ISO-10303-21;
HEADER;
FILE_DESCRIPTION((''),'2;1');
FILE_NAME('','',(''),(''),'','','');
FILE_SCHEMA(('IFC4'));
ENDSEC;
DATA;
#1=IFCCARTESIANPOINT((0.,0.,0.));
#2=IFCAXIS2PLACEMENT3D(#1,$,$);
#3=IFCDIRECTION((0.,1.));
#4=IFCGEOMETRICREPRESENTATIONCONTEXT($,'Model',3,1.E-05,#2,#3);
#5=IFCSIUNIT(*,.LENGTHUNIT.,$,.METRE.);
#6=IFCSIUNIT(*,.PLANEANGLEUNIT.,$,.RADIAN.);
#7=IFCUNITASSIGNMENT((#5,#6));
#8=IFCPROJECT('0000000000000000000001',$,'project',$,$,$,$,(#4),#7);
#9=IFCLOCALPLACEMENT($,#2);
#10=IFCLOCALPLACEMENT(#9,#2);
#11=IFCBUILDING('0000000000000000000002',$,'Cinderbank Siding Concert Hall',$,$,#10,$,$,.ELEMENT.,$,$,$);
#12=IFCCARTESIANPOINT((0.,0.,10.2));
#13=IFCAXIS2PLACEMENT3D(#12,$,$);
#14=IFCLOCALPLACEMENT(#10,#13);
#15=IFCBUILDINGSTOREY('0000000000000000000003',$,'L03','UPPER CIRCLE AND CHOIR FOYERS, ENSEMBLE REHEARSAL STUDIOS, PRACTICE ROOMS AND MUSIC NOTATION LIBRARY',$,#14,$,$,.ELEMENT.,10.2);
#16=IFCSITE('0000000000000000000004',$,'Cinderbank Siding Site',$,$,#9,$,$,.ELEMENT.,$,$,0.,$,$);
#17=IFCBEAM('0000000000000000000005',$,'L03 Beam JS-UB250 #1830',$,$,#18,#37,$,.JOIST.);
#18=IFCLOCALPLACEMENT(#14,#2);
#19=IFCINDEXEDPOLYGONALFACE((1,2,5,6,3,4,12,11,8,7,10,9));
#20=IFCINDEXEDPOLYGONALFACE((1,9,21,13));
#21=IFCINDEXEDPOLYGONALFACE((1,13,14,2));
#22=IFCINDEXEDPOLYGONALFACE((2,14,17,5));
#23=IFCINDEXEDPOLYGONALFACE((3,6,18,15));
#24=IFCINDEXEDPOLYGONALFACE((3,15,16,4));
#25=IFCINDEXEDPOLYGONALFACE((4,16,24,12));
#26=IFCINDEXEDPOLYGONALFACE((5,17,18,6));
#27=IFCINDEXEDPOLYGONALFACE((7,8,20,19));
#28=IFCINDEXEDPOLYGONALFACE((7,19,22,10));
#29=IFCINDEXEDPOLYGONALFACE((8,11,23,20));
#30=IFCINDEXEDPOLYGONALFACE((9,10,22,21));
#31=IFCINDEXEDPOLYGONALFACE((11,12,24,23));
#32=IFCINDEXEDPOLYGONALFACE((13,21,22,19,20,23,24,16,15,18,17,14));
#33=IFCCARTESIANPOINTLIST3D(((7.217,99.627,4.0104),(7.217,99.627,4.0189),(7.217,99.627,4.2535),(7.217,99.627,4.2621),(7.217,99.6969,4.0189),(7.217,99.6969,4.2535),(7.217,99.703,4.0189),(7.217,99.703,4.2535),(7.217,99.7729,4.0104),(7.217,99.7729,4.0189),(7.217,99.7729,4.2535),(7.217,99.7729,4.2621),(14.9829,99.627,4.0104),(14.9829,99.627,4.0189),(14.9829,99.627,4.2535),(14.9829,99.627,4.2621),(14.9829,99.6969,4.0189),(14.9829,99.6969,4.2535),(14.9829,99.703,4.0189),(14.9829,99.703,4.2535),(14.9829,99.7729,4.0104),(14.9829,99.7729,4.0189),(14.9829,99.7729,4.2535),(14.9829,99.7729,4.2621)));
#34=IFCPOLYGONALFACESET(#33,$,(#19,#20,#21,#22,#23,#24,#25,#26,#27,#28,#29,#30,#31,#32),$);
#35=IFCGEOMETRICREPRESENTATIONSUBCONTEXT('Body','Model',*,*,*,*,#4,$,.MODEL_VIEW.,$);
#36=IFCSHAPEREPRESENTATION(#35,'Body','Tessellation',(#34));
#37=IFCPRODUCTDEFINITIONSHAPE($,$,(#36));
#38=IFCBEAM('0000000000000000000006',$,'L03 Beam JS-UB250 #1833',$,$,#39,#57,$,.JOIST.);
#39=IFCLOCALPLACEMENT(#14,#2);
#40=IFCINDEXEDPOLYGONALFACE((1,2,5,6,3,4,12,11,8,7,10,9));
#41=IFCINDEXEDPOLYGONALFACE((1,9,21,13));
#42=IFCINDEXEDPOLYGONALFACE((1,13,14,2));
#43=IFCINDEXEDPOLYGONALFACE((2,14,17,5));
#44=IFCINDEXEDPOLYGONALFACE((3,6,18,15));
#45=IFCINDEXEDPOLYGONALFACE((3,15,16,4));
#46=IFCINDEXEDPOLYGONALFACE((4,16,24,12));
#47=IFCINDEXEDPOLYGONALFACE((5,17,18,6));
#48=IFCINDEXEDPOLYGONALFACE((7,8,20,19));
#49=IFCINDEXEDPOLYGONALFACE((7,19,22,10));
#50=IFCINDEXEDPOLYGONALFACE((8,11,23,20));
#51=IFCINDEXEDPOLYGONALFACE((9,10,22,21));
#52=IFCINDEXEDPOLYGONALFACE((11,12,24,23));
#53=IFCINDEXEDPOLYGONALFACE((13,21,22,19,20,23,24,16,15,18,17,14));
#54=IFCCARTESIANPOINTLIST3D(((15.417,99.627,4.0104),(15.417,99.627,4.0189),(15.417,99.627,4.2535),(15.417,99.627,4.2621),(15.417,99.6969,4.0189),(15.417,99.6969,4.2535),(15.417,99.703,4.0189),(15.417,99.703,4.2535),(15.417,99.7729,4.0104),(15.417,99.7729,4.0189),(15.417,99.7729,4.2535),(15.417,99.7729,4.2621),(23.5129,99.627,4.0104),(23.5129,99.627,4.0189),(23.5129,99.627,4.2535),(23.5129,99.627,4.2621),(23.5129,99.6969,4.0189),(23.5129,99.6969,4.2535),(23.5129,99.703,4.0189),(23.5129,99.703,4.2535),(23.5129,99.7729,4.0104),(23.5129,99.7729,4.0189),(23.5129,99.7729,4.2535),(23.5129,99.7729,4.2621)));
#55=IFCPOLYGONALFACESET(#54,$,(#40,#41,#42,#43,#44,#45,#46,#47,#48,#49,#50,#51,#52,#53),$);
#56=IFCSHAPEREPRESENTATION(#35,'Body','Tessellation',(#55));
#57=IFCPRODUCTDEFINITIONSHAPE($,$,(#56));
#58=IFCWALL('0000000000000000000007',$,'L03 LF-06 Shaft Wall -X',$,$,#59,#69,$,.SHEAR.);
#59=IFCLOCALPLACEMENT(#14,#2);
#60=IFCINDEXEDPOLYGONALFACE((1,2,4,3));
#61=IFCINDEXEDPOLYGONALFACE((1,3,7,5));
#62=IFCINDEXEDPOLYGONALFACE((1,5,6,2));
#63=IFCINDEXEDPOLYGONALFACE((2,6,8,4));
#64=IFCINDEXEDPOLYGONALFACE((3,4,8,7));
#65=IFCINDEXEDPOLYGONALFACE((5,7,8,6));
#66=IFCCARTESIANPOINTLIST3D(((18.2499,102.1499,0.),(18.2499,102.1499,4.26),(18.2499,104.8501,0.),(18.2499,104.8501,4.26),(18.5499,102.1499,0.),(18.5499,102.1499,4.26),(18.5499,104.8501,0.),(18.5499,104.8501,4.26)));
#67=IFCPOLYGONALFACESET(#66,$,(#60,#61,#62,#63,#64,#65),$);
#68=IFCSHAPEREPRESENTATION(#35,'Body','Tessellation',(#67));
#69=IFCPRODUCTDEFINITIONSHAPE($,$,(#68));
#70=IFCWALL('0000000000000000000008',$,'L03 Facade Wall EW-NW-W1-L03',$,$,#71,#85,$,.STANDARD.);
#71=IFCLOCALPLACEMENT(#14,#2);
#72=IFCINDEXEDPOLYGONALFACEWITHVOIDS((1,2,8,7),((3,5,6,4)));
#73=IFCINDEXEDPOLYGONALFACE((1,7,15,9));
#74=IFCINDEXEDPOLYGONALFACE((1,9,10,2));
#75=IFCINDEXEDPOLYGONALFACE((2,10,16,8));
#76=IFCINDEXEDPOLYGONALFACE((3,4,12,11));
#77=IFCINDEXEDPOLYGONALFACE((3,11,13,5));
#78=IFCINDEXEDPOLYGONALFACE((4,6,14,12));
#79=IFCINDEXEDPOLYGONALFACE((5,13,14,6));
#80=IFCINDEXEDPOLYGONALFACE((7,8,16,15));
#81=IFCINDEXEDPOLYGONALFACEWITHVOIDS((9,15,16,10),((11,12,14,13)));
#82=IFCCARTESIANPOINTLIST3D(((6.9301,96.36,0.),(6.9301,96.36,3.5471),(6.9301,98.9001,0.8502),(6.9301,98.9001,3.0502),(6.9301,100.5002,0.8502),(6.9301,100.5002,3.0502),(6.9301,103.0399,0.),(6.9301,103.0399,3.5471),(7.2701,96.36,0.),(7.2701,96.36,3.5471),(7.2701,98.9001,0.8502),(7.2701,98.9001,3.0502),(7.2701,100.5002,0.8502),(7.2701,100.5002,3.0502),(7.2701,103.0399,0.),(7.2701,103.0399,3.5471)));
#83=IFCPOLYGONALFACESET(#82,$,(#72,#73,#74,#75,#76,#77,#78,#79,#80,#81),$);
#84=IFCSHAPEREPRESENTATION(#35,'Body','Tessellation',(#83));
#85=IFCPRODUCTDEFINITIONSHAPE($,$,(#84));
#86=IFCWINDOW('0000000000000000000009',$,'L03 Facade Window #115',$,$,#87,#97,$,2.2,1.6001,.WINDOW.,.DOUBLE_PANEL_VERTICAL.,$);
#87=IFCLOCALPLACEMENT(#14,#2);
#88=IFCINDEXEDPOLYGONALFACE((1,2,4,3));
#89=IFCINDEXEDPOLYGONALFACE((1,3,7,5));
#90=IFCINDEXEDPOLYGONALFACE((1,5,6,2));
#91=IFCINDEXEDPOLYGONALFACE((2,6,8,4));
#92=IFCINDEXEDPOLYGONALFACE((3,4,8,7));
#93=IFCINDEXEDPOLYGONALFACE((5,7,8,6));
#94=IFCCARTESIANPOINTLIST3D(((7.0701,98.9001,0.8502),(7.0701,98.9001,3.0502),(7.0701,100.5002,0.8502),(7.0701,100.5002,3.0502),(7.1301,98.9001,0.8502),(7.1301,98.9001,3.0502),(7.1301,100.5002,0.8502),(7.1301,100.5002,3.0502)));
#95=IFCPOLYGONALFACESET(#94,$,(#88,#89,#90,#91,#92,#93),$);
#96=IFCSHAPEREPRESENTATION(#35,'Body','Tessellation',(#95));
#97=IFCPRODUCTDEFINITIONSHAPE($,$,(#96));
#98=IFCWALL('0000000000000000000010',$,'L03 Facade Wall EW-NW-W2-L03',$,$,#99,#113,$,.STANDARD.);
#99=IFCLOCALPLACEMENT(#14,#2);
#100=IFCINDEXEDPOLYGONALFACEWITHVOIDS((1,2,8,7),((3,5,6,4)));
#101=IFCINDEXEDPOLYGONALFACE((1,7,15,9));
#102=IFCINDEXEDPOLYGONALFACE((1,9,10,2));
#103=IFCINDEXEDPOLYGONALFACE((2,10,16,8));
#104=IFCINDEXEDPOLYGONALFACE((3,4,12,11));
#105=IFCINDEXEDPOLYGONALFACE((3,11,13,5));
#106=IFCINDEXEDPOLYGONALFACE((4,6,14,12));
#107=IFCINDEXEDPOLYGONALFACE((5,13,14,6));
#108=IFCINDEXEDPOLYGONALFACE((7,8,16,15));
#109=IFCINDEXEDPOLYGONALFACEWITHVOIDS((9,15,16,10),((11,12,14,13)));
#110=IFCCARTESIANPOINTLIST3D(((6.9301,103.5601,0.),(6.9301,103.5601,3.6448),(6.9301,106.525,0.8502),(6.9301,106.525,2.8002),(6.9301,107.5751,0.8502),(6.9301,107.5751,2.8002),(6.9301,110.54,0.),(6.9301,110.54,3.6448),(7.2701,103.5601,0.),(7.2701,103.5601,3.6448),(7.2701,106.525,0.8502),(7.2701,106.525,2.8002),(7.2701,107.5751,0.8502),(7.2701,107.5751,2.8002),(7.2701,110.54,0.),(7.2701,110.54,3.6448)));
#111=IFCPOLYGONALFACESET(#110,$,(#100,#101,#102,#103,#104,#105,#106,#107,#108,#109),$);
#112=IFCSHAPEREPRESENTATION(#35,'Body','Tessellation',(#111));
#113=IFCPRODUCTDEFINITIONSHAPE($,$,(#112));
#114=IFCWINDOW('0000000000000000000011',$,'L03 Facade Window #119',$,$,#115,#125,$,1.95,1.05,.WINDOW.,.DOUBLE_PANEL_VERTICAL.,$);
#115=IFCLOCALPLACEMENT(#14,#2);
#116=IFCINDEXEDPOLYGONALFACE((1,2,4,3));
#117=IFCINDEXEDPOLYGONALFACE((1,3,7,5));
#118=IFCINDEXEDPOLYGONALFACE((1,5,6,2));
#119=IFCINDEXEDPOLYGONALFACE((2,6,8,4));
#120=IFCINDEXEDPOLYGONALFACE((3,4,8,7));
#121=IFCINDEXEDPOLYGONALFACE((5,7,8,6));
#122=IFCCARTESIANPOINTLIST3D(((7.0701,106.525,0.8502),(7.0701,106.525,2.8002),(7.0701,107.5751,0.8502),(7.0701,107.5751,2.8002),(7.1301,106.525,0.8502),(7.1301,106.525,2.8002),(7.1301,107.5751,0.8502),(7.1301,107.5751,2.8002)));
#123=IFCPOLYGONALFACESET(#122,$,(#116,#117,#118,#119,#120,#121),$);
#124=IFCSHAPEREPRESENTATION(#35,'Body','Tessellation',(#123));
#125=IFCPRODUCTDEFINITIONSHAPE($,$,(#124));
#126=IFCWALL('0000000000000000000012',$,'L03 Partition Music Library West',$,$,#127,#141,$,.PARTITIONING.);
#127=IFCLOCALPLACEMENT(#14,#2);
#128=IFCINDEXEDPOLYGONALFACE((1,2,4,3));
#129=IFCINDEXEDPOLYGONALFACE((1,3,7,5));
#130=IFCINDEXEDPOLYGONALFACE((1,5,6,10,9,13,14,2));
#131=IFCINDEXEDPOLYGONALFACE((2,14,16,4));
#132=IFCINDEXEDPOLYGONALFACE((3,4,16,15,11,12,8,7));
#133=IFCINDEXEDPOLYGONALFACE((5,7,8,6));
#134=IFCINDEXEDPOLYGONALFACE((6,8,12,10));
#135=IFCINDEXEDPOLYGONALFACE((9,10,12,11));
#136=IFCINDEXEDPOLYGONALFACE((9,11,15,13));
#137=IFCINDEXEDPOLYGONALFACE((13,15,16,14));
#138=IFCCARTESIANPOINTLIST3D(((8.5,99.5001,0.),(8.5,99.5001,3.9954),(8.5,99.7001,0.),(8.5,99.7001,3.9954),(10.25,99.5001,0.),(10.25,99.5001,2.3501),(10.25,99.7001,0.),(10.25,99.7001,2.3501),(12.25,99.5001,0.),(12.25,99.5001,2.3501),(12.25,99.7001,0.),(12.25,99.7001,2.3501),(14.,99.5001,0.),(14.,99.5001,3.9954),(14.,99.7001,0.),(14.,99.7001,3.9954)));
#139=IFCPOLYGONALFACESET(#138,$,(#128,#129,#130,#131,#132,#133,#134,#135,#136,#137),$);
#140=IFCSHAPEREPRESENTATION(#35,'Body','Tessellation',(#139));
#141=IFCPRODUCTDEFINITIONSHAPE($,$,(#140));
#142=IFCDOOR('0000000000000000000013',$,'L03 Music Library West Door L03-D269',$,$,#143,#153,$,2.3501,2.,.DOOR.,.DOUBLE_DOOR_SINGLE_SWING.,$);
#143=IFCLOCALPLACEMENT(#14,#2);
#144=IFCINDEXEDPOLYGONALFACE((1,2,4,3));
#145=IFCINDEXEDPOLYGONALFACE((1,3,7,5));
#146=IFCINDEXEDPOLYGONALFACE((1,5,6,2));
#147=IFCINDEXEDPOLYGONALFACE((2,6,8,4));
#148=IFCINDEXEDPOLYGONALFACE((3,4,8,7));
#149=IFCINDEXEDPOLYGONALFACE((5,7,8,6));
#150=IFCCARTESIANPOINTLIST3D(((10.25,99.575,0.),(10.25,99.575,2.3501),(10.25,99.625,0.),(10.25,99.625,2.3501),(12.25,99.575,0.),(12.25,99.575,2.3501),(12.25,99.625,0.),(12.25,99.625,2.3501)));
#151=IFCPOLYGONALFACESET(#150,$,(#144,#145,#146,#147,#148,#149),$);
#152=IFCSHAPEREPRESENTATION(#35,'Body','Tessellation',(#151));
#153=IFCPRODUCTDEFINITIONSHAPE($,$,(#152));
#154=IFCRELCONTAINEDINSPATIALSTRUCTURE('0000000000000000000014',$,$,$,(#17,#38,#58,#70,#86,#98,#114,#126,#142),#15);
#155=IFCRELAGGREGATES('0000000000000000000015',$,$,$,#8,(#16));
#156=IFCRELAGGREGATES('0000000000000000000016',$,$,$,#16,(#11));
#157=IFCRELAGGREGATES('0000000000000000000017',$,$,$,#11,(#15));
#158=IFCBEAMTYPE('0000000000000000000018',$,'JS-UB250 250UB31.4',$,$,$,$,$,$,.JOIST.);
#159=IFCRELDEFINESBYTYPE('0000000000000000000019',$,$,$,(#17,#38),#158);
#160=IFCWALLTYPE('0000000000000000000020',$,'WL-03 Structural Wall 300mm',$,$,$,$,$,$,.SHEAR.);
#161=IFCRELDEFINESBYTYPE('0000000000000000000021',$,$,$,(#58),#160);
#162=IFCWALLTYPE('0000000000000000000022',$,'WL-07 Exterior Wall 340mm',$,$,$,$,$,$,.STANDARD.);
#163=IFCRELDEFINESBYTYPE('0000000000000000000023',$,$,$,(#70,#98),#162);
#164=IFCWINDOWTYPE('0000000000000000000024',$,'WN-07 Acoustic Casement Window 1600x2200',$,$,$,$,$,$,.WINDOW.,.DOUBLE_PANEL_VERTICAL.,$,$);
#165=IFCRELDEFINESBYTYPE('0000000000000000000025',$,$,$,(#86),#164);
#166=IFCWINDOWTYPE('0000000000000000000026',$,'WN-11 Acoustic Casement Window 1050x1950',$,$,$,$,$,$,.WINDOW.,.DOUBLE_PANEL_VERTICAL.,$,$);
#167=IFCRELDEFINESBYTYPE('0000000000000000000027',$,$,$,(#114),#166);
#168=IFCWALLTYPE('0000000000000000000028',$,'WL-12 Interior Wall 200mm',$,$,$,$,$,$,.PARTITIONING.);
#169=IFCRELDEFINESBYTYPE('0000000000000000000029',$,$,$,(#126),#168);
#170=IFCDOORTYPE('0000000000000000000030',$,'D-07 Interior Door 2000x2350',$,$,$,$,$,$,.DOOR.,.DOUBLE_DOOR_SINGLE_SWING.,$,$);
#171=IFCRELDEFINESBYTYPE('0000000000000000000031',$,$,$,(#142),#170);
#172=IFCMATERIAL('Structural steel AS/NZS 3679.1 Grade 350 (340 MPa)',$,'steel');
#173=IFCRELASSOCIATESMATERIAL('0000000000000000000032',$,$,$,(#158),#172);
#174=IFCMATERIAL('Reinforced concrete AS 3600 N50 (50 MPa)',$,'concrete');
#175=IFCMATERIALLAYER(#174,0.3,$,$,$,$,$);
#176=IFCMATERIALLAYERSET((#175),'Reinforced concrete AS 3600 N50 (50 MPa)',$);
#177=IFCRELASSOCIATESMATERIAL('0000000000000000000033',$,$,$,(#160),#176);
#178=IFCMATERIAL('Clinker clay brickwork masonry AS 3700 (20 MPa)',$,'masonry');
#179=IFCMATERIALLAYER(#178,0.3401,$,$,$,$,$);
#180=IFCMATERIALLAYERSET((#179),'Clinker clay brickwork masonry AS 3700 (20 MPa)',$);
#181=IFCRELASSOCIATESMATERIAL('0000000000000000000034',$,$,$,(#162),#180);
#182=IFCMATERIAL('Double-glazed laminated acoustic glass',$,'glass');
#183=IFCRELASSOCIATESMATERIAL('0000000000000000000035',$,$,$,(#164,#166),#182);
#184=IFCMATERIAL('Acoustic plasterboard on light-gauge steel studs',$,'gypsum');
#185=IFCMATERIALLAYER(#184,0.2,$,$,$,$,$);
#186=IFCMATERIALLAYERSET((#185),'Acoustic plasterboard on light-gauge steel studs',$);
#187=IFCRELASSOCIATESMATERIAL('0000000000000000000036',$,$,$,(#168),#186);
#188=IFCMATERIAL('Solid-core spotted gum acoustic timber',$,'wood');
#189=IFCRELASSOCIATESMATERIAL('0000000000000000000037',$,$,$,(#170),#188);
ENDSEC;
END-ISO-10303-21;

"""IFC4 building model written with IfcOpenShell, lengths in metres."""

from ifc_helpers import new_model, si_unit, direction, frame, frame_2d, origin, origin_2d, place, context, subcontext, project, spatial, rectangle, i_section, extrude, material, layer, layer_set, material_profile, profile_set, type_object, element, fill, save


model = new_model("IFC4")

# Units and contexts
model_context = context("Model", 3, precision=1e-05, world=origin(), true_north=direction((0.0, 1.0)))
body_context = subcontext(model_context, "Body", "Model", "MODEL_VIEW")
ifc_project = project(units=[si_unit("LENGTHUNIT", "METRE"), si_unit("PLANEANGLEUNIT", "RADIAN")], contexts=[model_context])

# Site, building, storey
site_placement = place(None, origin())
site = spatial("IfcSite", under=ifc_project, at=site_placement, Name="Cinderbank Siding Site", CompositionType="ELEMENT", RefElevation=0.0)
building_placement = place(site_placement, origin())
building = spatial("IfcBuilding", under=site, at=building_placement, Name="Cinderbank Siding Concert Hall", CompositionType="ELEMENT")
storey_placement = place(building_placement, frame((0.0, 0.0, 10.2)))
storey = spatial("IfcBuildingStorey", under=building, at=storey_placement, Name="L03", Description="UPPER CIRCLE AND CHOIR FOYERS, ENSEMBLE REHEARSAL STUDIOS, PRACTICE ROOMS AND MUSIC NOTATION LIBRARY", CompositionType="ELEMENT", Elevation=10.2)

# Shared definitions
ifc_material_1 = material(Name="Reinforced concrete AS 3600 N50 (50 MPa)", Category="concrete")

# Beams
ifc_material_2 = material(Name="Structural steel AS/NZS 3679.1 Grade 350 (340 MPa)", Category="steel")
ifc_material_profile_1 = material_profile(ifc_material_2, i_section(OverallWidth=0.146, OverallDepth=0.2517, WebThickness=0.0061, FlangeThickness=0.0085, at=origin_2d()), Name="250UB31.4", Category="LoadBearing")
ifc_profile_set_1 = profile_set([ifc_material_profile_1], Name="Structural steel AS/NZS 3679.1 Grade 350 (340 MPa)")
beam_type_1 = type_object("IfcBeamType", Name="JS-UB250 250UB31.4", PredefinedType="JOIST", material=ifc_profile_set_1)
beam_1_placement = place(storey_placement, frame((7.217, 99.7, 4.1362), z_axis=(1.0, 0.0, 0.0), x_axis=(0.0, 1.0, 0.0)))
element("IfcBeam", 1, at=beam_1_placement, inside=storey, type_object=beam_type_1, Name="L03 Beam JS-UB250 #1830", PredefinedType="JOIST", context=body_context, shape_type="SweptSolid", body=[
    extrude(i_section(OverallWidth=0.146, OverallDepth=0.2517, WebThickness=0.0061, FlangeThickness=0.0085, at=origin_2d()), origin(), (0.0, 0.0, 1.0), 7.7659),
])
beam_2_placement = place(storey_placement, frame((15.417, 99.7, 4.1362), z_axis=(1.0, 0.0, 0.0), x_axis=(0.0, 1.0, 0.0)))
element("IfcBeam", 2, at=beam_2_placement, inside=storey, type_object=beam_type_1, Name="L03 Beam JS-UB250 #1833", PredefinedType="JOIST", context=body_context, shape_type="SweptSolid", body=[
    extrude(i_section(OverallWidth=0.146, OverallDepth=0.2517, WebThickness=0.0061, FlangeThickness=0.0085, at=origin_2d()), origin(), (0.0, 0.0, 1.0), 8.0959),
])

# Shared definitions
ifc_layer_1 = layer(ifc_material_1, 0.3)
ifc_layer_set_1 = layer_set([ifc_layer_1], Name="Reinforced concrete AS 3600 N50 (50 MPa)")
wall_type_1 = type_object("IfcWallType", Name="WL-03 Structural Wall 300mm", PredefinedType="SHEAR", material=ifc_layer_set_1)

# Wall
wall_1_placement = place(storey_placement, frame((18.3999, 102.1499, 0.0), z_axis=(0.0, 0.0, 1.0), x_axis=(0.0, 1.0, 0.0)))
element("IfcWall", 3, at=wall_1_placement, inside=storey, type_object=wall_type_1, Name="L03 LF-06 Shaft Wall -X", PredefinedType="SHEAR", context=body_context, shape_type="SweptSolid", body=[
    extrude(rectangle(XDim=2.7002, YDim=0.3, at=frame_2d((1.3501, 0.0))), origin(), (0.0, 0.0, 1.0), 4.26),
])

# Walls, openings, windows
ifc_material_3 = material(Name="Clinker clay brickwork masonry AS 3700 (20 MPa)", Category="masonry")
ifc_layer_2 = layer(ifc_material_3, 0.3401)
ifc_layer_set_2 = layer_set([ifc_layer_2], Name="Clinker clay brickwork masonry AS 3700 (20 MPa)")
wall_type_2 = type_object("IfcWallType", Name="WL-07 Exterior Wall 340mm", PredefinedType="STANDARD", material=ifc_layer_set_2)
wall_2_placement = place(storey_placement, frame((7.1001, 96.3601, 0.0), z_axis=(0.0, 0.0, 1.0), x_axis=(0.0, 1.0, 0.0)))
wall_2 = element("IfcWall", 4, at=wall_2_placement, inside=storey, type_object=wall_type_2, Name="L03 Facade Wall EW-NW-W1-L03", PredefinedType="STANDARD", context=body_context, shape_type="SweptSolid", body=[
    extrude(rectangle(XDim=6.6799, YDim=0.3401, at=frame_2d((3.3398, 0.0))), origin(), (0.0, 0.0, 1.0), 3.5471),
])
opening_1_placement = place(wall_2_placement, frame((2.54, 0.0, 0.8501)))
opening_1 = element("IfcOpeningElement", 5, at=opening_1_placement, cuts=wall_2, PredefinedType="OPENING", context=body_context, shape_type="SweptSolid", body=[
    extrude(rectangle(XDim=1.6001, YDim=2.2, at=frame_2d((0.8, 1.1001))), frame((0.0, 0.1821, 0.0), z_axis=(0.0, -1.0, 0.0), x_axis=(1.0, 0.0, 0.0)), (0.0, 0.0, 1.0), 0.364),
])
ifc_material_4 = material(Name="Double-glazed laminated acoustic glass", Category="glass")
window_type_1 = type_object("IfcWindowType", Name="WN-07 Acoustic Casement Window 1600x2200", PartitioningType="DOUBLE_PANEL_VERTICAL", PredefinedType="WINDOW", material=ifc_material_4)
window_1_placement = place(opening_1_placement, origin())
window_1 = element("IfcWindow", 6, at=window_1_placement, inside=storey, type_object=window_type_1, Name="L03 Facade Window #115", OverallHeight=2.2, OverallWidth=1.6001, PartitioningType="DOUBLE_PANEL_VERTICAL", PredefinedType="WINDOW", context=body_context, shape_type="SweptSolid", body=[
    extrude(rectangle(XDim=1.6001, YDim=2.2, at=frame_2d((0.8, 1.1001))), frame((0.0, 0.03, 0.0), z_axis=(0.0, -1.0, 0.0), x_axis=(1.0, 0.0, 0.0)), (0.0, 0.0, 1.0), 0.0601),
])
fill(opening_1, window_1)
wall_3_placement = place(storey_placement, frame((7.1001, 103.5601, 0.0), z_axis=(0.0, 0.0, 1.0), x_axis=(0.0, 1.0, 0.0)))
wall_3 = element("IfcWall", 7, at=wall_3_placement, inside=storey, type_object=wall_type_2, Name="L03 Facade Wall EW-NW-W2-L03", PredefinedType="STANDARD", context=body_context, shape_type="SweptSolid", body=[
    extrude(rectangle(XDim=6.98, YDim=0.3401, at=frame_2d((3.49, 0.0))), origin(), (0.0, 0.0, 1.0), 3.6448),
])
opening_2_placement = place(wall_3_placement, frame((2.9651, 0.0, 0.8501)))
opening_2 = element("IfcOpeningElement", 8, at=opening_2_placement, cuts=wall_3, PredefinedType="OPENING", context=body_context, shape_type="SweptSolid", body=[
    extrude(rectangle(XDim=1.05, YDim=1.95, at=frame_2d((0.5249, 0.9751))), frame((0.0, 0.1821, 0.0), z_axis=(0.0, -1.0, 0.0), x_axis=(1.0, 0.0, 0.0)), (0.0, 0.0, 1.0), 0.364),
])
window_type_2 = type_object("IfcWindowType", Name="WN-11 Acoustic Casement Window 1050x1950", PartitioningType="DOUBLE_PANEL_VERTICAL", PredefinedType="WINDOW", material=ifc_material_4)
window_2_placement = place(opening_2_placement, origin())
window_2 = element("IfcWindow", 9, at=window_2_placement, inside=storey, type_object=window_type_2, Name="L03 Facade Window #119", OverallHeight=1.95, OverallWidth=1.05, PartitioningType="DOUBLE_PANEL_VERTICAL", PredefinedType="WINDOW", context=body_context, shape_type="SweptSolid", body=[
    extrude(rectangle(XDim=1.05, YDim=1.95, at=frame_2d((0.5249, 0.9751))), frame((0.0, 0.03, 0.0), z_axis=(0.0, -1.0, 0.0), x_axis=(1.0, 0.0, 0.0)), (0.0, 0.0, 1.0), 0.0601),
])
fill(opening_2, window_2)

# Wall, opening, door
ifc_material_5 = material(Name="Acoustic plasterboard on light-gauge steel studs", Category="gypsum")
ifc_layer_3 = layer(ifc_material_5, 0.2)
ifc_layer_set_3 = layer_set([ifc_layer_3], Name="Acoustic plasterboard on light-gauge steel studs")
wall_type_3 = type_object("IfcWallType", Name="WL-12 Interior Wall 200mm", PredefinedType="PARTITIONING", material=ifc_layer_set_3)
wall_4_placement = place(storey_placement, frame((8.5, 99.6001, 0.0), z_axis=(0.0, 0.0, 1.0), x_axis=(1.0, 0.0, 0.0)))
wall_4 = element("IfcWall", 10, at=wall_4_placement, inside=storey, type_object=wall_type_3, Name="L03 Partition Music Library West", PredefinedType="PARTITIONING", context=body_context, shape_type="SweptSolid", body=[
    extrude(rectangle(XDim=5.5, YDim=0.2, at=frame_2d((2.75, 0.0))), origin(), (0.0, 0.0, 1.0), 3.9954),
])
opening_3_placement = place(wall_4_placement, frame((1.75, 0.0, 0.0)))
opening_3 = element("IfcOpeningElement", 11, at=opening_3_placement, cuts=wall_4, PredefinedType="OPENING", context=body_context, shape_type="SweptSolid", body=[
    extrude(rectangle(XDim=2.0, YDim=2.3501, at=frame_2d((1.0, 1.175))), frame((0.0, 0.1118, 0.0), z_axis=(0.0, -1.0, 0.0), x_axis=(1.0, 0.0, 0.0)), (0.0, 0.0, 1.0), 0.2239),
])
ifc_material_6 = material(Name="Solid-core spotted gum acoustic timber", Category="wood")
door_type_1 = type_object("IfcDoorType", Name="D-07 Interior Door 2000x2350", OperationType="DOUBLE_DOOR_SINGLE_SWING", PredefinedType="DOOR", material=ifc_material_6)
door_1_placement = place(opening_3_placement, origin())
door_1 = element("IfcDoor", 12, at=door_1_placement, inside=storey, type_object=door_type_1, Name="L03 Music Library West Door L03-D269", OperationType="DOUBLE_DOOR_SINGLE_SWING", OverallHeight=2.3501, OverallWidth=2.0, PredefinedType="DOOR", context=body_context, shape_type="SweptSolid", body=[
    extrude(rectangle(XDim=2.0, YDim=2.3501, at=frame_2d((1.0, 1.175))), frame((0.0, 0.0249, 0.0), z_axis=(0.0, -1.0, 0.0), x_axis=(1.0, 0.0, 0.0)), (0.0, 0.0, 1.0), 0.05),
])
fill(opening_3, door_1)

save(model, "model.ifc")
